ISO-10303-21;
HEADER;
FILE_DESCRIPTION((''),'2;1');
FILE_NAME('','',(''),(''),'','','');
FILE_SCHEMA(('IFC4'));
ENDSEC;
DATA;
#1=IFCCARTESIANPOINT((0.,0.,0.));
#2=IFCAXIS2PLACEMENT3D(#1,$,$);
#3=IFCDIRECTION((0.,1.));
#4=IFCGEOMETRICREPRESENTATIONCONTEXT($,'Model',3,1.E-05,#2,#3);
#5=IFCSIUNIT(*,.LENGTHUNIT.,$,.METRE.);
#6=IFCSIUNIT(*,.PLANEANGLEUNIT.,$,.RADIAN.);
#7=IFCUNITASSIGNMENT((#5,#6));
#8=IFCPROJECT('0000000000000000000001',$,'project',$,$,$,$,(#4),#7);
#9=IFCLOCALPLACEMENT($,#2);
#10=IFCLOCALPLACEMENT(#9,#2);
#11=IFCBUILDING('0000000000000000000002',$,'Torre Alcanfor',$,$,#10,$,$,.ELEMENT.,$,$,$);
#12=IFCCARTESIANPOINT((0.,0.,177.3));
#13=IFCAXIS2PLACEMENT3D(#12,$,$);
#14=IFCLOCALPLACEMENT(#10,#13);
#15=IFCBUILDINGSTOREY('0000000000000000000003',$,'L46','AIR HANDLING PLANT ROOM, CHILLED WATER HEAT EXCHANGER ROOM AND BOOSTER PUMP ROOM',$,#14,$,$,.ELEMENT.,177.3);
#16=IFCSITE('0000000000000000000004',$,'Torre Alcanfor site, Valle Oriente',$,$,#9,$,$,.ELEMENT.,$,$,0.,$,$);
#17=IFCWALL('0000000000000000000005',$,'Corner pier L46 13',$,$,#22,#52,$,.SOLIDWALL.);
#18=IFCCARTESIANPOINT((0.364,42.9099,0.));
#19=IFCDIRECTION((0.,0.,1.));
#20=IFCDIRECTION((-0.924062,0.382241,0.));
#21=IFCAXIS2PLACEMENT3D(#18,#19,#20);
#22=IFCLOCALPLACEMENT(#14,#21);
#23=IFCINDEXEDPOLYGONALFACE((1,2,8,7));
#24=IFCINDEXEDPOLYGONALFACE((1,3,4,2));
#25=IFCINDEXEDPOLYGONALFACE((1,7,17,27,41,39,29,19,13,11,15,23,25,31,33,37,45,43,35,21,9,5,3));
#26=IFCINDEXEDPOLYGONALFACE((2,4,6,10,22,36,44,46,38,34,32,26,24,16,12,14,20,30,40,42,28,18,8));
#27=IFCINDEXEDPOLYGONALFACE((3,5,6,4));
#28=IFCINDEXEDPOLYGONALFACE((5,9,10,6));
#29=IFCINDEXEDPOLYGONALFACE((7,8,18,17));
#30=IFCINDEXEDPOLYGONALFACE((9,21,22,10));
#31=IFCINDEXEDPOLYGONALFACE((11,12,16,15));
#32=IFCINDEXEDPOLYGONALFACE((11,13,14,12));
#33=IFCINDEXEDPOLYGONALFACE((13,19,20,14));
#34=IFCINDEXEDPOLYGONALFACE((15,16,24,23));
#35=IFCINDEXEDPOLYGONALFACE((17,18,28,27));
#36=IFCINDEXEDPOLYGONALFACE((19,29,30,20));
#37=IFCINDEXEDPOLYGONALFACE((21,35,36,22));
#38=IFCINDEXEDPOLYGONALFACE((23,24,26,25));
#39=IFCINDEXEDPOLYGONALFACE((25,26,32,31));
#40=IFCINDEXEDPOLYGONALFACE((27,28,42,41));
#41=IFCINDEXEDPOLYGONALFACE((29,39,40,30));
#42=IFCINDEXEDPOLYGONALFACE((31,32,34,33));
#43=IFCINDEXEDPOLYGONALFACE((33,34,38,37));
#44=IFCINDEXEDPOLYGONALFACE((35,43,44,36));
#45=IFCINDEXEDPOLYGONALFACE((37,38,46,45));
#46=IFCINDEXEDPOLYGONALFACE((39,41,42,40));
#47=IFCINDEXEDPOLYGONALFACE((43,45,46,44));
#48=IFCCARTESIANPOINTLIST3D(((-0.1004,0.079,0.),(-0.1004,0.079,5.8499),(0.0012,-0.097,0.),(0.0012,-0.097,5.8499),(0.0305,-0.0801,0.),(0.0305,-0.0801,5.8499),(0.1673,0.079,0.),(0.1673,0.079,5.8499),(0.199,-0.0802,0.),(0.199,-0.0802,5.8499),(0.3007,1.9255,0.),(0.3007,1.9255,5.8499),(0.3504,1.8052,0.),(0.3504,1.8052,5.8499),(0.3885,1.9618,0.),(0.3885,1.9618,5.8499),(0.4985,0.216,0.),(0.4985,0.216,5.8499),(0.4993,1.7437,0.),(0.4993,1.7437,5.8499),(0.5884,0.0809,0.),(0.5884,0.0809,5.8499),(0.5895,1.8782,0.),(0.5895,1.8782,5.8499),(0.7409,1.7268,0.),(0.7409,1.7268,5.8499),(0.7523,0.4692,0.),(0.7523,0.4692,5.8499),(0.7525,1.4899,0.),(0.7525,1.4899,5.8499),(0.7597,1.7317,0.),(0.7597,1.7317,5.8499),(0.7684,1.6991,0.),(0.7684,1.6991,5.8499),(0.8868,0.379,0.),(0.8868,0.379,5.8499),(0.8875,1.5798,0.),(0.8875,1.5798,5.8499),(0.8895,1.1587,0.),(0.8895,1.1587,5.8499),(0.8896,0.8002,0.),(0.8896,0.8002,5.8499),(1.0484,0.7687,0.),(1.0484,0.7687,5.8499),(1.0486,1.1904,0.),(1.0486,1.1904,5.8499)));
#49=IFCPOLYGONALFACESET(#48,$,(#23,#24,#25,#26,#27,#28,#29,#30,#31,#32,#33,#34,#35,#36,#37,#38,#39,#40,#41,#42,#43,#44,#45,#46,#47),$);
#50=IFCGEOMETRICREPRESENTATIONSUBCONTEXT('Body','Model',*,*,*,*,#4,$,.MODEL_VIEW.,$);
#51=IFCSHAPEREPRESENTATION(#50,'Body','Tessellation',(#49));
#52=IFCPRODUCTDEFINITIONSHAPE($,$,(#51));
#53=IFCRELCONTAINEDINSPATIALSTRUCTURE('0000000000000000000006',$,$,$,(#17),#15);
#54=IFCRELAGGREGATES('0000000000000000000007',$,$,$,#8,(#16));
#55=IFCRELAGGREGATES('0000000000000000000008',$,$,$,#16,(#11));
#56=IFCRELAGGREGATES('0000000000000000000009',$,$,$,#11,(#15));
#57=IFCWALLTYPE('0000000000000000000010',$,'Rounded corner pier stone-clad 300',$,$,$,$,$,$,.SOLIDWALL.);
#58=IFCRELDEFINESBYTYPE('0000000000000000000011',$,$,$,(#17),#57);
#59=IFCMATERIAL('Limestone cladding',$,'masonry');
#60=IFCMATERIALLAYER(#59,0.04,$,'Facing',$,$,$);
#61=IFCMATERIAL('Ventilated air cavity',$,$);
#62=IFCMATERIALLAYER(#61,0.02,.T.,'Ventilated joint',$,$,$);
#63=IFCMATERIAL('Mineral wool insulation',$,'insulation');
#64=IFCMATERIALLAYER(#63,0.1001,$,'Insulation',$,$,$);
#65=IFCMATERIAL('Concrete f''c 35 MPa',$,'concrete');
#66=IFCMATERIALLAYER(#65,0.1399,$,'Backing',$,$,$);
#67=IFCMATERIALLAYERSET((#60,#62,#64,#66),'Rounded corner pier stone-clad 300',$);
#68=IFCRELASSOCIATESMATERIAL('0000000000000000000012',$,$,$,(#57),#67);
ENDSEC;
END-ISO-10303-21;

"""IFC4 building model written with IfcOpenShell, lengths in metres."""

from ifc_helpers import new_model, si_unit, direction, frame, origin, place, context, subcontext, project, spatial, polyline, outline, extrude, material, layer, layer_set, type_object, element, save


model = new_model("IFC4")

# Units and contexts
model_context = context("Model", 3, precision=1e-05, world=origin(), true_north=direction((0.0, 1.0)))
body_context = subcontext(model_context, "Body", "Model", "MODEL_VIEW")
ifc_project = project(units=[si_unit("LENGTHUNIT", "METRE"), si_unit("PLANEANGLEUNIT", "RADIAN")], contexts=[model_context])

# Site, building, storey
site_placement = place(None, origin())
site = spatial("IfcSite", under=ifc_project, at=site_placement, Name="Torre Alcanfor site, Valle Oriente", CompositionType="ELEMENT", RefElevation=0.0)
building_placement = place(site_placement, origin())
building = spatial("IfcBuilding", under=site, at=building_placement, Name="Torre Alcanfor", CompositionType="ELEMENT")
storey_placement = place(building_placement, frame((0.0, 0.0, 177.3)))
storey = spatial("IfcBuildingStorey", under=building, at=storey_placement, Name="L46", Description="AIR HANDLING PLANT ROOM, CHILLED WATER HEAT EXCHANGER ROOM AND BOOSTER PUMP ROOM", CompositionType="ELEMENT", Elevation=177.3)

# Wall
ifc_material_1 = material(Name="Limestone cladding", Category="masonry")
ifc_material_2 = material(Name="Ventilated air cavity")
ifc_material_3 = material(Name="Mineral wool insulation", Category="insulation")
ifc_material_4 = material(Name="Concrete f'c 35 MPa", Category="concrete")
ifc_layer_1 = layer(ifc_material_1, 0.04, Name="Facing")
ifc_layer_2 = layer(ifc_material_2, 0.02, ventilated=True, Name="Ventilated joint")
ifc_layer_3 = layer(ifc_material_3, 0.1001, Name="Insulation")
ifc_layer_4 = layer(ifc_material_4, 0.1399, Name="Backing")
ifc_layer_set_1 = layer_set([ifc_layer_1, ifc_layer_2, ifc_layer_3, ifc_layer_4], Name="Rounded corner pier stone-clad 300")
wall_type_1 = type_object("IfcWallType", Name="Rounded corner pier stone-clad 300", PredefinedType="SOLIDWALL", material=ifc_layer_set_1)
wall_1_placement = place(storey_placement, frame((0.364, 42.9099, 0.0), z_axis=(0.0, 0.0, 1.0), x_axis=(-0.924062, 0.382241, 0.0)))
element("IfcWall", 1, at=wall_1_placement, inside=storey, type_object=wall_type_1, Name="Corner pier L46 13", PredefinedType="SOLIDWALL", context=body_context, shape_type="SweptSolid", body=[
    extrude(outline(polyline([(0.3504, 1.8052), (0.4993, 1.7437), (0.7525, 1.4899), (0.8895, 1.1587), (0.8896, 0.8002), (0.7523, 0.4692), (0.4985, 0.216), (0.1673, 0.079), (-0.1004, 0.079), (0.0012, -0.097), (0.0305, -0.0801), (0.199, -0.0802), (0.5884, 0.0809), (0.8868, 0.379), (1.0484, 0.7687), (1.0486, 1.1904), (0.8875, 1.5798), (0.7684, 1.6991), (0.7597, 1.7317), (0.7409, 1.7268), (0.5895, 1.8782), (0.3885, 1.9618), (0.3007, 1.9255), (0.3504, 1.8052)])), origin(), (0.0, 0.0, 1.0), 5.8499),
])

save(model, "model.ifc")
